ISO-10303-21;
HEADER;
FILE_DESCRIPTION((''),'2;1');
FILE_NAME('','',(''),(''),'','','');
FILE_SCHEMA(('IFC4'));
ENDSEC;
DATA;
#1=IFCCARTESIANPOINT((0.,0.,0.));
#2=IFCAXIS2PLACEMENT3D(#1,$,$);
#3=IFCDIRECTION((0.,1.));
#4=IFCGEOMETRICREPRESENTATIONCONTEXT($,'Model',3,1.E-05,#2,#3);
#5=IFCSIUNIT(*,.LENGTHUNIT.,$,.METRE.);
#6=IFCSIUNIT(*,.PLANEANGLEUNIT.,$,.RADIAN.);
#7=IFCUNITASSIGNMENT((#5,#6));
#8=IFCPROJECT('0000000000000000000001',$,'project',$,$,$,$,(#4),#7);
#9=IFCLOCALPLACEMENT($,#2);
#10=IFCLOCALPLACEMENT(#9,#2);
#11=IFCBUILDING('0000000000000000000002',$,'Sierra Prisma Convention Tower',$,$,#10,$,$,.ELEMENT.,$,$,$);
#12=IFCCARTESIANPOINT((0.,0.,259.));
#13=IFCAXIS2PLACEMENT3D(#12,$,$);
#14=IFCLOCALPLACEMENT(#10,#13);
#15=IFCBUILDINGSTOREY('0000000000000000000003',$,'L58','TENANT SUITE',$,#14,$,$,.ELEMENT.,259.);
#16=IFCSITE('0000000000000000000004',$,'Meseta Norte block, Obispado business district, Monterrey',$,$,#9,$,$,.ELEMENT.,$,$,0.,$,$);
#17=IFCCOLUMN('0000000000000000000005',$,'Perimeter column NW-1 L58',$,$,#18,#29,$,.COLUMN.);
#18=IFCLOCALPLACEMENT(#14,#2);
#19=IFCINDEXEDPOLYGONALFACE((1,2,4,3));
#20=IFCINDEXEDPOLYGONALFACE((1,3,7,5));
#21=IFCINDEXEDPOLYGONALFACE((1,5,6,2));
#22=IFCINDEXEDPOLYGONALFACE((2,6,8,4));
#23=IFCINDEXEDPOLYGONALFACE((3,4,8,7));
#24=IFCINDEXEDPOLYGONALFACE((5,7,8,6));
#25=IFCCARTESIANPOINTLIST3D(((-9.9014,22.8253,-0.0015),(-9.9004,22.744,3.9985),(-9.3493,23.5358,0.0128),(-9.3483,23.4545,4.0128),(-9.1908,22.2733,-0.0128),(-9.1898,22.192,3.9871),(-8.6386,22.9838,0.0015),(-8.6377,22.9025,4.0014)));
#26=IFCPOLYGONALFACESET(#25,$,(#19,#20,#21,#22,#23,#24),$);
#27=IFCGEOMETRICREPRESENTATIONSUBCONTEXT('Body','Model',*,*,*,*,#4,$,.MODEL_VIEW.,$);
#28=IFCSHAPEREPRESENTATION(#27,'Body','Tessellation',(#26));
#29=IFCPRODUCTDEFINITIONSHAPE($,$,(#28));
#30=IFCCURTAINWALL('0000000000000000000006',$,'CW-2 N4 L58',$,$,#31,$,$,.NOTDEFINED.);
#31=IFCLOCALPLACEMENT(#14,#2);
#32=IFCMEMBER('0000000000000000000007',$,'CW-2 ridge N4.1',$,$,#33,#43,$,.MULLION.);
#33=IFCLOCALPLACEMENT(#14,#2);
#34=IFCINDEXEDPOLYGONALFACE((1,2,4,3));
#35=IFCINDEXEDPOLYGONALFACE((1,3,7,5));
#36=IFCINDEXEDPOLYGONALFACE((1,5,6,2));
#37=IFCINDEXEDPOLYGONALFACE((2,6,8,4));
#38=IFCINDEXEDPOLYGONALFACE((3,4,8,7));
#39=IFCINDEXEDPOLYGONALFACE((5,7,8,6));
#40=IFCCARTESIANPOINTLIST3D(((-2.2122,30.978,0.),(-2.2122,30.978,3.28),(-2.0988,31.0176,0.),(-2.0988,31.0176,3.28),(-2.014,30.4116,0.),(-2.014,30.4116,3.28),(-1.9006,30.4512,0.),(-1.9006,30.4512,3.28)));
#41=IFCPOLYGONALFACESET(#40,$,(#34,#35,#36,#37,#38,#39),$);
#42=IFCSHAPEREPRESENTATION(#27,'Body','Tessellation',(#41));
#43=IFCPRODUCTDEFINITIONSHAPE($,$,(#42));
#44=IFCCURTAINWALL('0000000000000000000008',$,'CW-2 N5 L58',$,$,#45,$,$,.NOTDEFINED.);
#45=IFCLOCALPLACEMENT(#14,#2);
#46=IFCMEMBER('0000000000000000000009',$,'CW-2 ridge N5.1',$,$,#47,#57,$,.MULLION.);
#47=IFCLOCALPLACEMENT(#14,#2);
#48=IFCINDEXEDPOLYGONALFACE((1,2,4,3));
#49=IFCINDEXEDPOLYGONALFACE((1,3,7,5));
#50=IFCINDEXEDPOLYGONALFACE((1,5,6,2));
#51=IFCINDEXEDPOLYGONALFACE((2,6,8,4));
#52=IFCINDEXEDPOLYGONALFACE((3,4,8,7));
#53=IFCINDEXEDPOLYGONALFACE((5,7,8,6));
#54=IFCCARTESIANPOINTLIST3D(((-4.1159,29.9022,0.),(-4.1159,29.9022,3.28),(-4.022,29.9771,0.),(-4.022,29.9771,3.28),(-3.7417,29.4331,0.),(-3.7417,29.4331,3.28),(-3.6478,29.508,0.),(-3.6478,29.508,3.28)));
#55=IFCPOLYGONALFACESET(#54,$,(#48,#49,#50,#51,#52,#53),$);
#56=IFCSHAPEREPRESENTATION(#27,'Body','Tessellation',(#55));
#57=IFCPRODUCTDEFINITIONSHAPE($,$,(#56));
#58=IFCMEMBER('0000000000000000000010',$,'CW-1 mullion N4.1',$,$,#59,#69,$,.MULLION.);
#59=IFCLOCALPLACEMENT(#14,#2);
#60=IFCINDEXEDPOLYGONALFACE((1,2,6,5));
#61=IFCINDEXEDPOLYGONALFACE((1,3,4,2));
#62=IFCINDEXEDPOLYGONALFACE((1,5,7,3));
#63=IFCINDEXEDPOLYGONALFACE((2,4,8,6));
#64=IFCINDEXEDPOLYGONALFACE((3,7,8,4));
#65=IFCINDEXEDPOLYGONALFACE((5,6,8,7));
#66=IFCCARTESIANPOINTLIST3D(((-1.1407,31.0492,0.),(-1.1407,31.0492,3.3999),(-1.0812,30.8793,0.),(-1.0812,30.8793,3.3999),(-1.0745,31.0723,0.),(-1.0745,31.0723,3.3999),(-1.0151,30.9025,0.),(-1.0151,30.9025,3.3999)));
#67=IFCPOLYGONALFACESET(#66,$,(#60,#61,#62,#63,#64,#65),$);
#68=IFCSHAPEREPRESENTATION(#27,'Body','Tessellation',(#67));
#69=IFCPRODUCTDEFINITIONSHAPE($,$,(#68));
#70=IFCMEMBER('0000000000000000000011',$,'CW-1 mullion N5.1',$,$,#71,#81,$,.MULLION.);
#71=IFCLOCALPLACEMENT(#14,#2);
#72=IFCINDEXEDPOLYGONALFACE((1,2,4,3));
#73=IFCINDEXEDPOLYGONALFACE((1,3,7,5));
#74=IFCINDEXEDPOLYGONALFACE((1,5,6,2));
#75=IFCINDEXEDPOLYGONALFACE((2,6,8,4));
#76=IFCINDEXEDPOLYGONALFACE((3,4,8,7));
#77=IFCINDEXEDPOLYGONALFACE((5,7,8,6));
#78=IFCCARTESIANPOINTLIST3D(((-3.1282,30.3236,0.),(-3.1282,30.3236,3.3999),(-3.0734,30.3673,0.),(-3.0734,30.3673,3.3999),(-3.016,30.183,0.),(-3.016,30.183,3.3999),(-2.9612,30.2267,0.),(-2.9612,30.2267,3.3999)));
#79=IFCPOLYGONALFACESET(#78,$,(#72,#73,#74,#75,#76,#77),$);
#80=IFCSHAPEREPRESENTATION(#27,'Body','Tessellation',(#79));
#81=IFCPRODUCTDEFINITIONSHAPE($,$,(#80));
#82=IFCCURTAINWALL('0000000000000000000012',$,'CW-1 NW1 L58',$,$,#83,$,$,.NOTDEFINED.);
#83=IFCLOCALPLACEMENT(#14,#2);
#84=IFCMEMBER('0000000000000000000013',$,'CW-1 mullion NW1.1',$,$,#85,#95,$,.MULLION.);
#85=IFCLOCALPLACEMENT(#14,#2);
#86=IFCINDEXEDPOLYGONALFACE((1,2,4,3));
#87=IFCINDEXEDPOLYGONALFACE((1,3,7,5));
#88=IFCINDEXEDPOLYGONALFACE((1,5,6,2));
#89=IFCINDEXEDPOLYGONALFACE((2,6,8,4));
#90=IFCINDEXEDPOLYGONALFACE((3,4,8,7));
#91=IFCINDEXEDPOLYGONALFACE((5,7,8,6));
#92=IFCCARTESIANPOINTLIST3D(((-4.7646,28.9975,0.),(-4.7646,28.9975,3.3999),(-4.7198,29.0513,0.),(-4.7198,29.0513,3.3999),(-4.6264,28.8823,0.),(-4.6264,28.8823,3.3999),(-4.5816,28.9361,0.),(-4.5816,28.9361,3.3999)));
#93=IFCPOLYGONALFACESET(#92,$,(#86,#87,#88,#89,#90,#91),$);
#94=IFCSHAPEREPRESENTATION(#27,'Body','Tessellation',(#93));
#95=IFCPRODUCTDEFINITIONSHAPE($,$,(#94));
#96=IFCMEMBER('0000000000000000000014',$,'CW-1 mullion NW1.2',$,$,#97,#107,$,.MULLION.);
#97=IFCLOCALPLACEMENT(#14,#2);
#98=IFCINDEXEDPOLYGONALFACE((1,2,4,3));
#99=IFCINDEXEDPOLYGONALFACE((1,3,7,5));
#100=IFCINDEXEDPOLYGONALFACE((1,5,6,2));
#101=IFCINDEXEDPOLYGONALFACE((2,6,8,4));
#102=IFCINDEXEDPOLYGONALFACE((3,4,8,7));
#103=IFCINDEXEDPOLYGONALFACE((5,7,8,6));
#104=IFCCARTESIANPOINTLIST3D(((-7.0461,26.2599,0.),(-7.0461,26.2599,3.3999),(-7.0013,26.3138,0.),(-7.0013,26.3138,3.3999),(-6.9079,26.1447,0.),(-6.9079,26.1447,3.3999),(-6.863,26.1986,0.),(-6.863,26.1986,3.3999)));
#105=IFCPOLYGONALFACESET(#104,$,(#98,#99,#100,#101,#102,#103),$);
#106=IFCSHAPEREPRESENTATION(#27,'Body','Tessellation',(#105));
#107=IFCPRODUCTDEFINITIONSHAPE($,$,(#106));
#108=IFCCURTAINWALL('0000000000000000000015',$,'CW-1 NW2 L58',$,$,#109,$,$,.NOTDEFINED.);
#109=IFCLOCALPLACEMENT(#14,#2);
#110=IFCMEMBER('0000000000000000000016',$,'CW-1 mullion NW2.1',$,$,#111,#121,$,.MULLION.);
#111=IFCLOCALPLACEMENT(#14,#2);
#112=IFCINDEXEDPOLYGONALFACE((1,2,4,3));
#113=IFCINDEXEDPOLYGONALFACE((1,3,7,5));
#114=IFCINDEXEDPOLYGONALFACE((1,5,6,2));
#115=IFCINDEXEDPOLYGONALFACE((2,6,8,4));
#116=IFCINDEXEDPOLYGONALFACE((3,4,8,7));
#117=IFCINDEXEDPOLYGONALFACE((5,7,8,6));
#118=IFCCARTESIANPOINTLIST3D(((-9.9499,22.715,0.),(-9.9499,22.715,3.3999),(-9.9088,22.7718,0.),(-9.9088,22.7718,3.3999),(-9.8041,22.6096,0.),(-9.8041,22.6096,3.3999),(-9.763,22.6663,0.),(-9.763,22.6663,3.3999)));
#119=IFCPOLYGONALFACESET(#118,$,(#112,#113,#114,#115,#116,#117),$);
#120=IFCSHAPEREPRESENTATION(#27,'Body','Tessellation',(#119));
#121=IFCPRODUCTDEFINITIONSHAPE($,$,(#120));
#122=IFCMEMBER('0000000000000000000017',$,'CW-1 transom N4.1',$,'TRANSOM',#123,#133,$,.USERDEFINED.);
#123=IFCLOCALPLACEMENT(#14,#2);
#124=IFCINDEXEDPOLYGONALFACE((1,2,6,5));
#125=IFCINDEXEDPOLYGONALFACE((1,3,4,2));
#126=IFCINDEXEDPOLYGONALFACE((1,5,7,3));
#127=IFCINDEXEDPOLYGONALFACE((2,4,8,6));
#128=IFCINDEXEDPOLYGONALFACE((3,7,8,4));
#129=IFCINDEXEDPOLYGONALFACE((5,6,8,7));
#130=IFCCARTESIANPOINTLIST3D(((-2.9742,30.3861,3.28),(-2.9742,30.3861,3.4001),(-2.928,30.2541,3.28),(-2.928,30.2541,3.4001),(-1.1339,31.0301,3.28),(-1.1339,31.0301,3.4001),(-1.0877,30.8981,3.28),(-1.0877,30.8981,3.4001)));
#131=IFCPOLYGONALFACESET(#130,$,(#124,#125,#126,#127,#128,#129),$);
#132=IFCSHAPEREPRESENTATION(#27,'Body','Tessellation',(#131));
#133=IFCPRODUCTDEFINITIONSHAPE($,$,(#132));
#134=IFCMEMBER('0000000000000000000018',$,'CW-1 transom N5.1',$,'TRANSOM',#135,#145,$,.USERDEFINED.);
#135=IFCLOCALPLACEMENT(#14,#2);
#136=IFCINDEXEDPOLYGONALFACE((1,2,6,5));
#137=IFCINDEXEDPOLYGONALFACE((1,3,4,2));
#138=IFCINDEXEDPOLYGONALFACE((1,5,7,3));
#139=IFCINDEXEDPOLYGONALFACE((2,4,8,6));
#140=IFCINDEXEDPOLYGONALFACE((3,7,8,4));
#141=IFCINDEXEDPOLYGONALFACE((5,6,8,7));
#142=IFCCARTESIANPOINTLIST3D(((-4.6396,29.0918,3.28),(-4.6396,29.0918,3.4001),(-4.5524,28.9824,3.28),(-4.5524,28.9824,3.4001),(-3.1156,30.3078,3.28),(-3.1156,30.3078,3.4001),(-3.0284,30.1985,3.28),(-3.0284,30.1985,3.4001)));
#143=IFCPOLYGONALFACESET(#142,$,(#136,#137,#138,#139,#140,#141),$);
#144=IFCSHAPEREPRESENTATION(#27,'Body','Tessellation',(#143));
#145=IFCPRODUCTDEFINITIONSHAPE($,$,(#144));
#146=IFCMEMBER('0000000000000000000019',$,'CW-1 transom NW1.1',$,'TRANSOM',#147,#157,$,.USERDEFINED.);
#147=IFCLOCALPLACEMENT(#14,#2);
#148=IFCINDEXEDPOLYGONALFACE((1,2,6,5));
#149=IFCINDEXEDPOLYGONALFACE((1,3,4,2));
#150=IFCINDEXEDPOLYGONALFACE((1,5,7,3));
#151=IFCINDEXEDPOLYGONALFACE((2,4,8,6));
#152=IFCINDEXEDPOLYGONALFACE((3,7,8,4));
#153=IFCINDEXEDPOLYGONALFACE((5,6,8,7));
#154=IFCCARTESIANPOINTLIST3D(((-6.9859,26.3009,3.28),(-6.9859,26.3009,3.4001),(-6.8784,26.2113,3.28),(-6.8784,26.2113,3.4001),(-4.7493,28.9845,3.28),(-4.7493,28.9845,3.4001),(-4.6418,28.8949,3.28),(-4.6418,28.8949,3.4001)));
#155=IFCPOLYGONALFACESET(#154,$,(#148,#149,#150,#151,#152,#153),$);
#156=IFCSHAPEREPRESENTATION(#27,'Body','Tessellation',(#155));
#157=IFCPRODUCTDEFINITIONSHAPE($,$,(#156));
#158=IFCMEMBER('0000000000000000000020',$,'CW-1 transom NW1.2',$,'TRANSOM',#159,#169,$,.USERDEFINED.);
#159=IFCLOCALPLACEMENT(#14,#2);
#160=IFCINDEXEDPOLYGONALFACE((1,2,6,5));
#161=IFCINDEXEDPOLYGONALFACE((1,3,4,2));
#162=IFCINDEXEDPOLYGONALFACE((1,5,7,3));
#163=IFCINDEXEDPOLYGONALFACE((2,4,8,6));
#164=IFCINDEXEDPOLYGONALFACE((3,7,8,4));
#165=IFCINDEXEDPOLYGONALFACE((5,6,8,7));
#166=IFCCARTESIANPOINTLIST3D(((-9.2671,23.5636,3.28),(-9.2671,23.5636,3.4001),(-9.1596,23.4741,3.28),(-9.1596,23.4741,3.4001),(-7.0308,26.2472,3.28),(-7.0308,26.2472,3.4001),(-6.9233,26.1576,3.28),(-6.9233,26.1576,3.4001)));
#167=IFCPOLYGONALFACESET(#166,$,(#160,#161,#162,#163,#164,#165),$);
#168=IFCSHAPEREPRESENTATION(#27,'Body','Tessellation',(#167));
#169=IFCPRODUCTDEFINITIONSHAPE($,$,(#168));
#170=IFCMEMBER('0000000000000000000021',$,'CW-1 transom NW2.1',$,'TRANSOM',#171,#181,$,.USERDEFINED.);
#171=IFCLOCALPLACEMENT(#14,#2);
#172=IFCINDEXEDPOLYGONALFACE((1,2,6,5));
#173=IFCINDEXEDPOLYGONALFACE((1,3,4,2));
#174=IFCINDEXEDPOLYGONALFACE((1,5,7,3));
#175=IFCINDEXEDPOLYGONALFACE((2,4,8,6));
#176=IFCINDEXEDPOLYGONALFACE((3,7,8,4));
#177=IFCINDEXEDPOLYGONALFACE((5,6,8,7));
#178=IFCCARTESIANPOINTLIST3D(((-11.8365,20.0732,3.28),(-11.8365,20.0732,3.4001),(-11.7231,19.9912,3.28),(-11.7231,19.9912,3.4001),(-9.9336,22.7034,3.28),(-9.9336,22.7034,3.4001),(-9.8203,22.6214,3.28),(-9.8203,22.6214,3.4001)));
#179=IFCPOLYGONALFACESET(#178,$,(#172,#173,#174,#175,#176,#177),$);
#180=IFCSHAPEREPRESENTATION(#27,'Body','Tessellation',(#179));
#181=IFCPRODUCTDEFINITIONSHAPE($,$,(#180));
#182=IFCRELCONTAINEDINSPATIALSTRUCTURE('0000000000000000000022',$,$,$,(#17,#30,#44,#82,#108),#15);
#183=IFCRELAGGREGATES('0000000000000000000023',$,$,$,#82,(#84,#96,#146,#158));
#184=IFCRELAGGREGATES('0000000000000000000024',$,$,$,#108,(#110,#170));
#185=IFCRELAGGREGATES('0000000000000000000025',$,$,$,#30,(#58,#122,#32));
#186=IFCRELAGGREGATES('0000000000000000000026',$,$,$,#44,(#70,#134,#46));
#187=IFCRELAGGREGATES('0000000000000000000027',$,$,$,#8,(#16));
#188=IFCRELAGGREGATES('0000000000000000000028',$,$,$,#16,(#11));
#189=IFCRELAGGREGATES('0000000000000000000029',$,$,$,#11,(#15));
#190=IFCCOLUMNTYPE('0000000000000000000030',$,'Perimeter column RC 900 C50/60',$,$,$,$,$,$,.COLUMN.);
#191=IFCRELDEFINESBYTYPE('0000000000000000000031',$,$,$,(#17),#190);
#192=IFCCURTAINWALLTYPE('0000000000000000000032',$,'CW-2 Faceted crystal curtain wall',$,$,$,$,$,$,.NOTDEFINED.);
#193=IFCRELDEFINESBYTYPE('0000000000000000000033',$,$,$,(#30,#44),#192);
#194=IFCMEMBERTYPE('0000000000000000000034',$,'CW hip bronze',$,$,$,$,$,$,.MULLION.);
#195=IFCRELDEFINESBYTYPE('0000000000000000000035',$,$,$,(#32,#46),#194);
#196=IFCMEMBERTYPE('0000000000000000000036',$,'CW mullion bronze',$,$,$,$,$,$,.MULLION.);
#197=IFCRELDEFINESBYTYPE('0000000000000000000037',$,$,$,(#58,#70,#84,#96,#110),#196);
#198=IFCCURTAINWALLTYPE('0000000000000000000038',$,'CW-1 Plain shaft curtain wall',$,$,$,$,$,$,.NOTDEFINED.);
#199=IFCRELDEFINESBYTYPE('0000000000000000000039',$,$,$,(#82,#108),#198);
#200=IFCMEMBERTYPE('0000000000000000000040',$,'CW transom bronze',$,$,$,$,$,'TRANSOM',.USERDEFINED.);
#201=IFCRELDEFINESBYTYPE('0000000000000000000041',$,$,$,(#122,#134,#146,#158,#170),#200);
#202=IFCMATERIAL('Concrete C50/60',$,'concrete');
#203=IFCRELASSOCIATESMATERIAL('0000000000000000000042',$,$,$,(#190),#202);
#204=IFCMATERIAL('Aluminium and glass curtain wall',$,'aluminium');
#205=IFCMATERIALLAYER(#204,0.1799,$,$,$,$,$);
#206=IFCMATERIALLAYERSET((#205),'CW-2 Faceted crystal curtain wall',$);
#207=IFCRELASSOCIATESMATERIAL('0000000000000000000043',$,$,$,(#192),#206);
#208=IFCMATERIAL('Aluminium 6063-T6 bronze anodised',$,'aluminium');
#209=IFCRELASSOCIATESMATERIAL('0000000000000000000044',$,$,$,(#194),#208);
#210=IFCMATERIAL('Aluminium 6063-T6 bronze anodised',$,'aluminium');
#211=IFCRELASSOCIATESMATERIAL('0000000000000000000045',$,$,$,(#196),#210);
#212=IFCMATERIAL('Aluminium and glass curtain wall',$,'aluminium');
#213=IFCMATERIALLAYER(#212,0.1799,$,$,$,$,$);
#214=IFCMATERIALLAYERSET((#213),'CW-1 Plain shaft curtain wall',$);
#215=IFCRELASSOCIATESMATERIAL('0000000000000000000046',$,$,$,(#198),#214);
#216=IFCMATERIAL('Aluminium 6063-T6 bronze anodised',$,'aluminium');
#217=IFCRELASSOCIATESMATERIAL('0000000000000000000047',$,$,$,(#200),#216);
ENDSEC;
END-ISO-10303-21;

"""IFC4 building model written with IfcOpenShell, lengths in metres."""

from ifc_helpers import new_model, si_unit, direction, frame, origin, origin_2d, place, context, subcontext, project, spatial, rectangle, extrude, material, layer, layer_set, material_profile, profile_set, type_object, element, aggregate, save


model = new_model("IFC4")

# Units and contexts
model_context = context("Model", 3, precision=1e-05, world=origin(), true_north=direction((0.0, 1.0)))
body_context = subcontext(model_context, "Body", "Model", "MODEL_VIEW")
ifc_project = project(units=[si_unit("LENGTHUNIT", "METRE"), si_unit("PLANEANGLEUNIT", "RADIAN")], contexts=[model_context])

# Site, building, storey
site_placement = place(None, origin())
site = spatial("IfcSite", under=ifc_project, at=site_placement, Name="Meseta Norte block, Obispado business district, Monterrey", CompositionType="ELEMENT", RefElevation=0.0)
building_placement = place(site_placement, origin())
building = spatial("IfcBuilding", under=site, at=building_placement, Name="Sierra Prisma Convention Tower", CompositionType="ELEMENT")
storey_placement = place(building_placement, frame((0.0, 0.0, 259.0)))
storey = spatial("IfcBuildingStorey", under=building, at=storey_placement, Name="L58", Description="TENANT SUITE", CompositionType="ELEMENT", Elevation=259.0)

# Column
ifc_material_1 = material(Name="Concrete C50/60", Category="concrete")
ifc_material_profile_1 = material_profile(ifc_material_1, rectangle(XDim=0.8999, YDim=0.8999, at=origin_2d()), Name="Perimeter column RC 900 C50/60")
ifc_profile_set_1 = profile_set([ifc_material_profile_1], Name="Concrete C50/60")
column_type = type_object("IfcColumnType", Name="Perimeter column RC 900 C50/60", PredefinedType="COLUMN", material=ifc_profile_set_1)
column_placement = place(storey_placement, frame((-9.27, 22.9045, 0.0), z_axis=(0.000244, -0.020321, 0.999793), x_axis=(0.613548, 0.789497, 0.015897)))
element("IfcColumn", 1, at=column_placement, inside=storey, type_object=column_type, Name="Perimeter column NW-1 L58", PredefinedType="COLUMN", context=body_context, shape_type="SweptSolid", body=[
    extrude(rectangle(XDim=0.8999, YDim=0.8999, at=origin_2d()), origin(), (0.0, 0.0, 1.0), 4.0007),
])

# Curtain walls, members
ifc_material_2 = material(Name="Aluminium and glass curtain wall", Category="aluminium")
ifc_layer_1 = layer(ifc_material_2, 0.1799)
ifc_layer_set_1 = layer_set([ifc_layer_1], Name="CW-2 Faceted crystal curtain wall")
curtain_wall_type_1 = type_object("IfcCurtainWallType", Name="CW-2 Faceted crystal curtain wall", PredefinedType="NOTDEFINED", material=ifc_layer_set_1)
curtain_wall_1_placement = place(storey_placement, origin())
curtain_wall_1 = element("IfcCurtainWall", 2, at=curtain_wall_1_placement, inside=storey, type_object=curtain_wall_type_1, Name="CW-2 N4 L58", PredefinedType="NOTDEFINED")
ifc_material_3 = material(Name="Aluminium 6063-T6 bronze anodised", Category="aluminium")
ifc_material_profile_2 = material_profile(ifc_material_3, rectangle(XDim=0.1201, YDim=0.6001, at=origin_2d()), Name="ALU RIDGE BLADE 120x600")
ifc_profile_set_2 = profile_set([ifc_material_profile_2], Name="Aluminium 6063-T6 bronze anodised")
member_type_1 = type_object("IfcMemberType", Name="CW hip bronze", PredefinedType="MULLION", material=ifc_profile_set_2)
member_1_placement = place(storey_placement, frame((-2.0564, 30.7146, 0.0), z_axis=(0.0, 0.0, 1.0), x_axis=(-0.943846, -0.330385, 0.0)))
member_1 = element("IfcMember", 3, at=member_1_placement, type_object=member_type_1, Name="CW-2 ridge N4.1", PredefinedType="MULLION", context=body_context, shape_type="SweptSolid", body=[
    extrude(rectangle(XDim=0.1201, YDim=0.6001, at=origin_2d()), origin(), (0.0, 0.0, 1.0), 3.28),
])
curtain_wall_2_placement = place(storey_placement, origin())
curtain_wall_2 = element("IfcCurtainWall", 4, at=curtain_wall_2_placement, inside=storey, type_object=curtain_wall_type_1, Name="CW-2 N5 L58", PredefinedType="NOTDEFINED")
member_2_placement = place(storey_placement, frame((-3.8818, 29.7051, 0.0), z_axis=(0.0, 0.0, 1.0), x_axis=(-0.781692, -0.623665, 0.0)))
member_2 = element("IfcMember", 5, at=member_2_placement, type_object=member_type_1, Name="CW-2 ridge N5.1", PredefinedType="MULLION", context=body_context, shape_type="SweptSolid", body=[
    extrude(rectangle(XDim=0.1201, YDim=0.6001, at=origin_2d()), origin(), (0.0, 0.0, 1.0), 3.28),
])

# Members
ifc_material_4 = material(Name="Aluminium 6063-T6 bronze anodised", Category="aluminium")
ifc_material_profile_3 = material_profile(ifc_material_4, rectangle(XDim=0.1799, YDim=0.0701, at=origin_2d()), Name="ALU MULLION 70x180")
ifc_profile_set_3 = profile_set([ifc_material_profile_3], Name="Aluminium 6063-T6 bronze anodised")
member_type_2 = type_object("IfcMemberType", Name="CW mullion bronze", PredefinedType="MULLION", material=ifc_profile_set_3)
member_3_placement = place(storey_placement, frame((-1.0779, 30.9758, 0.0), z_axis=(0.0, 0.0, 1.0), x_axis=(0.330385, -0.943846, 0.0)))
member_3 = element("IfcMember", 6, at=member_3_placement, type_object=member_type_2, Name="CW-1 mullion N4.1", PredefinedType="MULLION", context=body_context, shape_type="SweptSolid", body=[
    extrude(rectangle(XDim=0.1799, YDim=0.0701, at=origin_2d()), origin(), (0.0, 0.0, 1.0), 3.3999),
])
member_4_placement = place(storey_placement, frame((-3.0447, 30.2751, 0.0), z_axis=(0.0, 0.0, 1.0), x_axis=(0.623665, -0.781692, 0.0)))
member_4 = element("IfcMember", 7, at=member_4_placement, type_object=member_type_2, Name="CW-1 mullion N5.1", PredefinedType="MULLION", context=body_context, shape_type="SweptSolid", body=[
    extrude(rectangle(XDim=0.1799, YDim=0.0701, at=origin_2d()), origin(), (0.0, 0.0, 1.0), 3.3999),
])

# Curtain wall, members
ifc_material_5 = material(Name="Aluminium and glass curtain wall", Category="aluminium")
ifc_layer_2 = layer(ifc_material_5, 0.1799)
ifc_layer_set_2 = layer_set([ifc_layer_2], Name="CW-1 Plain shaft curtain wall")
curtain_wall_type_2 = type_object("IfcCurtainWallType", Name="CW-1 Plain shaft curtain wall", PredefinedType="NOTDEFINED", material=ifc_layer_set_2)
curtain_wall_3_placement = place(storey_placement, origin())
curtain_wall_3 = element("IfcCurtainWall", 8, at=curtain_wall_3_placement, inside=storey, type_object=curtain_wall_type_2, Name="CW-1 NW1 L58", PredefinedType="NOTDEFINED")
member_5_placement = place(storey_placement, frame((-4.6731, 28.9668, 0.0), z_axis=(0.0, 0.0, 1.0), x_axis=(0.768193, -0.640218, 0.0)))
member_5 = element("IfcMember", 9, at=member_5_placement, type_object=member_type_2, Name="CW-1 mullion NW1.1", PredefinedType="MULLION", context=body_context, shape_type="SweptSolid", body=[
    extrude(rectangle(XDim=0.1799, YDim=0.0701, at=origin_2d()), origin(), (0.0, 0.0, 1.0), 3.3999),
])
member_6_placement = place(storey_placement, frame((-6.9546, 26.2292, 0.0), z_axis=(0.0, 0.0, 1.0), x_axis=(0.768193, -0.640218, 0.0)))
member_6 = element("IfcMember", 10, at=member_6_placement, type_object=member_type_2, Name="CW-1 mullion NW1.2", PredefinedType="MULLION", context=body_context, shape_type="SweptSolid", body=[
    extrude(rectangle(XDim=0.1799, YDim=0.0701, at=origin_2d()), origin(), (0.0, 0.0, 1.0), 3.3999),
])

# Curtain wall, member
curtain_wall_4_placement = place(storey_placement, origin())
curtain_wall_4 = element("IfcCurtainWall", 11, at=curtain_wall_4_placement, inside=storey, type_object=curtain_wall_type_2, Name="CW-1 NW2 L58", PredefinedType="NOTDEFINED")
member_7_placement = place(storey_placement, frame((-9.8564, 22.6907, 0.0), z_axis=(0.0, 0.0, 1.0), x_axis=(0.810197, -0.586158, 0.0)))
member_7 = element("IfcMember", 12, at=member_7_placement, type_object=member_type_2, Name="CW-1 mullion NW2.1", PredefinedType="MULLION", context=body_context, shape_type="SweptSolid", body=[
    extrude(rectangle(XDim=0.1799, YDim=0.0701, at=origin_2d()), origin(), (0.0, 0.0, 1.0), 3.3999),
])

# Members
ifc_material_6 = material(Name="Aluminium 6063-T6 bronze anodised", Category="aluminium")
ifc_material_profile_4 = material_profile(ifc_material_6, rectangle(XDim=0.1399, YDim=0.1201, at=origin_2d()), Name="ALU TRANSOM 120x140")
ifc_profile_set_4 = profile_set([ifc_material_profile_4], Name="Aluminium 6063-T6 bronze anodised")
member_type_3 = type_object("IfcMemberType", Name="CW transom bronze", ElementType="TRANSOM", PredefinedType="USERDEFINED", material=ifc_profile_set_4)
member_8_placement = place(storey_placement, frame((-1.1108, 30.9641, 3.3401), z_axis=(-0.94387, -0.330317, 0.0), x_axis=(0.330317, -0.94387, 0.0)))
member_8 = element("IfcMember", 13, at=member_8_placement, type_object=member_type_3, Name="CW-1 transom N4.1", ObjectType="TRANSOM", PredefinedType="USERDEFINED", context=body_context, shape_type="SweptSolid", body=[
    extrude(rectangle(XDim=0.1399, YDim=0.1201, at=origin_2d()), origin(), (0.0, 0.0, 1.0), 1.9497),
])
member_9_placement = place(storey_placement, frame((-3.072, 30.2532, 3.3401), z_axis=(-0.781638, -0.623732, 0.0), x_axis=(0.623732, -0.781638, 0.0)))
member_9 = element("IfcMember", 14, at=member_9_placement, type_object=member_type_3, Name="CW-1 transom N5.1", ObjectType="TRANSOM", PredefinedType="USERDEFINED", context=body_context, shape_type="SweptSolid", body=[
    extrude(rectangle(XDim=0.1399, YDim=0.1201, at=origin_2d()), origin(), (0.0, 0.0, 1.0), 1.9497),
])
member_10_placement = place(storey_placement, frame((-4.6956, 28.9397, 3.3401), z_axis=(-0.640226, -0.768187, 0.0), x_axis=(0.768187, -0.640226, 0.0)))
member_10 = element("IfcMember", 15, at=member_10_placement, type_object=member_type_3, Name="CW-1 transom NW1.1", ObjectType="TRANSOM", PredefinedType="USERDEFINED", context=body_context, shape_type="SweptSolid", body=[
    extrude(rectangle(XDim=0.1399, YDim=0.1201, at=origin_2d()), origin(), (0.0, 0.0, 1.0), 3.4934),
])
member_11_placement = place(storey_placement, frame((-6.9771, 26.2024, 3.3401), z_axis=(-0.640184, -0.768221, 0.0), x_axis=(0.768221, -0.640184, 0.0)))
member_11 = element("IfcMember", 16, at=member_11_placement, type_object=member_type_3, Name="CW-1 transom NW1.2", ObjectType="TRANSOM", PredefinedType="USERDEFINED", context=body_context, shape_type="SweptSolid", body=[
    extrude(rectangle(XDim=0.1399, YDim=0.1201, at=origin_2d()), origin(), (0.0, 0.0, 1.0), 3.4932),
])
member_12_placement = place(storey_placement, frame((-9.877, 22.6624, 3.3401), z_axis=(-0.586158, -0.810197, 0.0), x_axis=(0.810197, -0.586158, 0.0)))
member_12 = element("IfcMember", 17, at=member_12_placement, type_object=member_type_3, Name="CW-1 transom NW2.1", ObjectType="TRANSOM", PredefinedType="USERDEFINED", context=body_context, shape_type="SweptSolid", body=[
    extrude(rectangle(XDim=0.1399, YDim=0.1201, at=origin_2d()), origin(), (0.0, 0.0, 1.0), 3.2463),
])

aggregate(curtain_wall_3, [member_5, member_6, member_10, member_11])
aggregate(curtain_wall_4, [member_7, member_12])
aggregate(curtain_wall_1, [member_3, member_8, member_1])
aggregate(curtain_wall_2, [member_4, member_9, member_2])

save(model, "model.ifc")
